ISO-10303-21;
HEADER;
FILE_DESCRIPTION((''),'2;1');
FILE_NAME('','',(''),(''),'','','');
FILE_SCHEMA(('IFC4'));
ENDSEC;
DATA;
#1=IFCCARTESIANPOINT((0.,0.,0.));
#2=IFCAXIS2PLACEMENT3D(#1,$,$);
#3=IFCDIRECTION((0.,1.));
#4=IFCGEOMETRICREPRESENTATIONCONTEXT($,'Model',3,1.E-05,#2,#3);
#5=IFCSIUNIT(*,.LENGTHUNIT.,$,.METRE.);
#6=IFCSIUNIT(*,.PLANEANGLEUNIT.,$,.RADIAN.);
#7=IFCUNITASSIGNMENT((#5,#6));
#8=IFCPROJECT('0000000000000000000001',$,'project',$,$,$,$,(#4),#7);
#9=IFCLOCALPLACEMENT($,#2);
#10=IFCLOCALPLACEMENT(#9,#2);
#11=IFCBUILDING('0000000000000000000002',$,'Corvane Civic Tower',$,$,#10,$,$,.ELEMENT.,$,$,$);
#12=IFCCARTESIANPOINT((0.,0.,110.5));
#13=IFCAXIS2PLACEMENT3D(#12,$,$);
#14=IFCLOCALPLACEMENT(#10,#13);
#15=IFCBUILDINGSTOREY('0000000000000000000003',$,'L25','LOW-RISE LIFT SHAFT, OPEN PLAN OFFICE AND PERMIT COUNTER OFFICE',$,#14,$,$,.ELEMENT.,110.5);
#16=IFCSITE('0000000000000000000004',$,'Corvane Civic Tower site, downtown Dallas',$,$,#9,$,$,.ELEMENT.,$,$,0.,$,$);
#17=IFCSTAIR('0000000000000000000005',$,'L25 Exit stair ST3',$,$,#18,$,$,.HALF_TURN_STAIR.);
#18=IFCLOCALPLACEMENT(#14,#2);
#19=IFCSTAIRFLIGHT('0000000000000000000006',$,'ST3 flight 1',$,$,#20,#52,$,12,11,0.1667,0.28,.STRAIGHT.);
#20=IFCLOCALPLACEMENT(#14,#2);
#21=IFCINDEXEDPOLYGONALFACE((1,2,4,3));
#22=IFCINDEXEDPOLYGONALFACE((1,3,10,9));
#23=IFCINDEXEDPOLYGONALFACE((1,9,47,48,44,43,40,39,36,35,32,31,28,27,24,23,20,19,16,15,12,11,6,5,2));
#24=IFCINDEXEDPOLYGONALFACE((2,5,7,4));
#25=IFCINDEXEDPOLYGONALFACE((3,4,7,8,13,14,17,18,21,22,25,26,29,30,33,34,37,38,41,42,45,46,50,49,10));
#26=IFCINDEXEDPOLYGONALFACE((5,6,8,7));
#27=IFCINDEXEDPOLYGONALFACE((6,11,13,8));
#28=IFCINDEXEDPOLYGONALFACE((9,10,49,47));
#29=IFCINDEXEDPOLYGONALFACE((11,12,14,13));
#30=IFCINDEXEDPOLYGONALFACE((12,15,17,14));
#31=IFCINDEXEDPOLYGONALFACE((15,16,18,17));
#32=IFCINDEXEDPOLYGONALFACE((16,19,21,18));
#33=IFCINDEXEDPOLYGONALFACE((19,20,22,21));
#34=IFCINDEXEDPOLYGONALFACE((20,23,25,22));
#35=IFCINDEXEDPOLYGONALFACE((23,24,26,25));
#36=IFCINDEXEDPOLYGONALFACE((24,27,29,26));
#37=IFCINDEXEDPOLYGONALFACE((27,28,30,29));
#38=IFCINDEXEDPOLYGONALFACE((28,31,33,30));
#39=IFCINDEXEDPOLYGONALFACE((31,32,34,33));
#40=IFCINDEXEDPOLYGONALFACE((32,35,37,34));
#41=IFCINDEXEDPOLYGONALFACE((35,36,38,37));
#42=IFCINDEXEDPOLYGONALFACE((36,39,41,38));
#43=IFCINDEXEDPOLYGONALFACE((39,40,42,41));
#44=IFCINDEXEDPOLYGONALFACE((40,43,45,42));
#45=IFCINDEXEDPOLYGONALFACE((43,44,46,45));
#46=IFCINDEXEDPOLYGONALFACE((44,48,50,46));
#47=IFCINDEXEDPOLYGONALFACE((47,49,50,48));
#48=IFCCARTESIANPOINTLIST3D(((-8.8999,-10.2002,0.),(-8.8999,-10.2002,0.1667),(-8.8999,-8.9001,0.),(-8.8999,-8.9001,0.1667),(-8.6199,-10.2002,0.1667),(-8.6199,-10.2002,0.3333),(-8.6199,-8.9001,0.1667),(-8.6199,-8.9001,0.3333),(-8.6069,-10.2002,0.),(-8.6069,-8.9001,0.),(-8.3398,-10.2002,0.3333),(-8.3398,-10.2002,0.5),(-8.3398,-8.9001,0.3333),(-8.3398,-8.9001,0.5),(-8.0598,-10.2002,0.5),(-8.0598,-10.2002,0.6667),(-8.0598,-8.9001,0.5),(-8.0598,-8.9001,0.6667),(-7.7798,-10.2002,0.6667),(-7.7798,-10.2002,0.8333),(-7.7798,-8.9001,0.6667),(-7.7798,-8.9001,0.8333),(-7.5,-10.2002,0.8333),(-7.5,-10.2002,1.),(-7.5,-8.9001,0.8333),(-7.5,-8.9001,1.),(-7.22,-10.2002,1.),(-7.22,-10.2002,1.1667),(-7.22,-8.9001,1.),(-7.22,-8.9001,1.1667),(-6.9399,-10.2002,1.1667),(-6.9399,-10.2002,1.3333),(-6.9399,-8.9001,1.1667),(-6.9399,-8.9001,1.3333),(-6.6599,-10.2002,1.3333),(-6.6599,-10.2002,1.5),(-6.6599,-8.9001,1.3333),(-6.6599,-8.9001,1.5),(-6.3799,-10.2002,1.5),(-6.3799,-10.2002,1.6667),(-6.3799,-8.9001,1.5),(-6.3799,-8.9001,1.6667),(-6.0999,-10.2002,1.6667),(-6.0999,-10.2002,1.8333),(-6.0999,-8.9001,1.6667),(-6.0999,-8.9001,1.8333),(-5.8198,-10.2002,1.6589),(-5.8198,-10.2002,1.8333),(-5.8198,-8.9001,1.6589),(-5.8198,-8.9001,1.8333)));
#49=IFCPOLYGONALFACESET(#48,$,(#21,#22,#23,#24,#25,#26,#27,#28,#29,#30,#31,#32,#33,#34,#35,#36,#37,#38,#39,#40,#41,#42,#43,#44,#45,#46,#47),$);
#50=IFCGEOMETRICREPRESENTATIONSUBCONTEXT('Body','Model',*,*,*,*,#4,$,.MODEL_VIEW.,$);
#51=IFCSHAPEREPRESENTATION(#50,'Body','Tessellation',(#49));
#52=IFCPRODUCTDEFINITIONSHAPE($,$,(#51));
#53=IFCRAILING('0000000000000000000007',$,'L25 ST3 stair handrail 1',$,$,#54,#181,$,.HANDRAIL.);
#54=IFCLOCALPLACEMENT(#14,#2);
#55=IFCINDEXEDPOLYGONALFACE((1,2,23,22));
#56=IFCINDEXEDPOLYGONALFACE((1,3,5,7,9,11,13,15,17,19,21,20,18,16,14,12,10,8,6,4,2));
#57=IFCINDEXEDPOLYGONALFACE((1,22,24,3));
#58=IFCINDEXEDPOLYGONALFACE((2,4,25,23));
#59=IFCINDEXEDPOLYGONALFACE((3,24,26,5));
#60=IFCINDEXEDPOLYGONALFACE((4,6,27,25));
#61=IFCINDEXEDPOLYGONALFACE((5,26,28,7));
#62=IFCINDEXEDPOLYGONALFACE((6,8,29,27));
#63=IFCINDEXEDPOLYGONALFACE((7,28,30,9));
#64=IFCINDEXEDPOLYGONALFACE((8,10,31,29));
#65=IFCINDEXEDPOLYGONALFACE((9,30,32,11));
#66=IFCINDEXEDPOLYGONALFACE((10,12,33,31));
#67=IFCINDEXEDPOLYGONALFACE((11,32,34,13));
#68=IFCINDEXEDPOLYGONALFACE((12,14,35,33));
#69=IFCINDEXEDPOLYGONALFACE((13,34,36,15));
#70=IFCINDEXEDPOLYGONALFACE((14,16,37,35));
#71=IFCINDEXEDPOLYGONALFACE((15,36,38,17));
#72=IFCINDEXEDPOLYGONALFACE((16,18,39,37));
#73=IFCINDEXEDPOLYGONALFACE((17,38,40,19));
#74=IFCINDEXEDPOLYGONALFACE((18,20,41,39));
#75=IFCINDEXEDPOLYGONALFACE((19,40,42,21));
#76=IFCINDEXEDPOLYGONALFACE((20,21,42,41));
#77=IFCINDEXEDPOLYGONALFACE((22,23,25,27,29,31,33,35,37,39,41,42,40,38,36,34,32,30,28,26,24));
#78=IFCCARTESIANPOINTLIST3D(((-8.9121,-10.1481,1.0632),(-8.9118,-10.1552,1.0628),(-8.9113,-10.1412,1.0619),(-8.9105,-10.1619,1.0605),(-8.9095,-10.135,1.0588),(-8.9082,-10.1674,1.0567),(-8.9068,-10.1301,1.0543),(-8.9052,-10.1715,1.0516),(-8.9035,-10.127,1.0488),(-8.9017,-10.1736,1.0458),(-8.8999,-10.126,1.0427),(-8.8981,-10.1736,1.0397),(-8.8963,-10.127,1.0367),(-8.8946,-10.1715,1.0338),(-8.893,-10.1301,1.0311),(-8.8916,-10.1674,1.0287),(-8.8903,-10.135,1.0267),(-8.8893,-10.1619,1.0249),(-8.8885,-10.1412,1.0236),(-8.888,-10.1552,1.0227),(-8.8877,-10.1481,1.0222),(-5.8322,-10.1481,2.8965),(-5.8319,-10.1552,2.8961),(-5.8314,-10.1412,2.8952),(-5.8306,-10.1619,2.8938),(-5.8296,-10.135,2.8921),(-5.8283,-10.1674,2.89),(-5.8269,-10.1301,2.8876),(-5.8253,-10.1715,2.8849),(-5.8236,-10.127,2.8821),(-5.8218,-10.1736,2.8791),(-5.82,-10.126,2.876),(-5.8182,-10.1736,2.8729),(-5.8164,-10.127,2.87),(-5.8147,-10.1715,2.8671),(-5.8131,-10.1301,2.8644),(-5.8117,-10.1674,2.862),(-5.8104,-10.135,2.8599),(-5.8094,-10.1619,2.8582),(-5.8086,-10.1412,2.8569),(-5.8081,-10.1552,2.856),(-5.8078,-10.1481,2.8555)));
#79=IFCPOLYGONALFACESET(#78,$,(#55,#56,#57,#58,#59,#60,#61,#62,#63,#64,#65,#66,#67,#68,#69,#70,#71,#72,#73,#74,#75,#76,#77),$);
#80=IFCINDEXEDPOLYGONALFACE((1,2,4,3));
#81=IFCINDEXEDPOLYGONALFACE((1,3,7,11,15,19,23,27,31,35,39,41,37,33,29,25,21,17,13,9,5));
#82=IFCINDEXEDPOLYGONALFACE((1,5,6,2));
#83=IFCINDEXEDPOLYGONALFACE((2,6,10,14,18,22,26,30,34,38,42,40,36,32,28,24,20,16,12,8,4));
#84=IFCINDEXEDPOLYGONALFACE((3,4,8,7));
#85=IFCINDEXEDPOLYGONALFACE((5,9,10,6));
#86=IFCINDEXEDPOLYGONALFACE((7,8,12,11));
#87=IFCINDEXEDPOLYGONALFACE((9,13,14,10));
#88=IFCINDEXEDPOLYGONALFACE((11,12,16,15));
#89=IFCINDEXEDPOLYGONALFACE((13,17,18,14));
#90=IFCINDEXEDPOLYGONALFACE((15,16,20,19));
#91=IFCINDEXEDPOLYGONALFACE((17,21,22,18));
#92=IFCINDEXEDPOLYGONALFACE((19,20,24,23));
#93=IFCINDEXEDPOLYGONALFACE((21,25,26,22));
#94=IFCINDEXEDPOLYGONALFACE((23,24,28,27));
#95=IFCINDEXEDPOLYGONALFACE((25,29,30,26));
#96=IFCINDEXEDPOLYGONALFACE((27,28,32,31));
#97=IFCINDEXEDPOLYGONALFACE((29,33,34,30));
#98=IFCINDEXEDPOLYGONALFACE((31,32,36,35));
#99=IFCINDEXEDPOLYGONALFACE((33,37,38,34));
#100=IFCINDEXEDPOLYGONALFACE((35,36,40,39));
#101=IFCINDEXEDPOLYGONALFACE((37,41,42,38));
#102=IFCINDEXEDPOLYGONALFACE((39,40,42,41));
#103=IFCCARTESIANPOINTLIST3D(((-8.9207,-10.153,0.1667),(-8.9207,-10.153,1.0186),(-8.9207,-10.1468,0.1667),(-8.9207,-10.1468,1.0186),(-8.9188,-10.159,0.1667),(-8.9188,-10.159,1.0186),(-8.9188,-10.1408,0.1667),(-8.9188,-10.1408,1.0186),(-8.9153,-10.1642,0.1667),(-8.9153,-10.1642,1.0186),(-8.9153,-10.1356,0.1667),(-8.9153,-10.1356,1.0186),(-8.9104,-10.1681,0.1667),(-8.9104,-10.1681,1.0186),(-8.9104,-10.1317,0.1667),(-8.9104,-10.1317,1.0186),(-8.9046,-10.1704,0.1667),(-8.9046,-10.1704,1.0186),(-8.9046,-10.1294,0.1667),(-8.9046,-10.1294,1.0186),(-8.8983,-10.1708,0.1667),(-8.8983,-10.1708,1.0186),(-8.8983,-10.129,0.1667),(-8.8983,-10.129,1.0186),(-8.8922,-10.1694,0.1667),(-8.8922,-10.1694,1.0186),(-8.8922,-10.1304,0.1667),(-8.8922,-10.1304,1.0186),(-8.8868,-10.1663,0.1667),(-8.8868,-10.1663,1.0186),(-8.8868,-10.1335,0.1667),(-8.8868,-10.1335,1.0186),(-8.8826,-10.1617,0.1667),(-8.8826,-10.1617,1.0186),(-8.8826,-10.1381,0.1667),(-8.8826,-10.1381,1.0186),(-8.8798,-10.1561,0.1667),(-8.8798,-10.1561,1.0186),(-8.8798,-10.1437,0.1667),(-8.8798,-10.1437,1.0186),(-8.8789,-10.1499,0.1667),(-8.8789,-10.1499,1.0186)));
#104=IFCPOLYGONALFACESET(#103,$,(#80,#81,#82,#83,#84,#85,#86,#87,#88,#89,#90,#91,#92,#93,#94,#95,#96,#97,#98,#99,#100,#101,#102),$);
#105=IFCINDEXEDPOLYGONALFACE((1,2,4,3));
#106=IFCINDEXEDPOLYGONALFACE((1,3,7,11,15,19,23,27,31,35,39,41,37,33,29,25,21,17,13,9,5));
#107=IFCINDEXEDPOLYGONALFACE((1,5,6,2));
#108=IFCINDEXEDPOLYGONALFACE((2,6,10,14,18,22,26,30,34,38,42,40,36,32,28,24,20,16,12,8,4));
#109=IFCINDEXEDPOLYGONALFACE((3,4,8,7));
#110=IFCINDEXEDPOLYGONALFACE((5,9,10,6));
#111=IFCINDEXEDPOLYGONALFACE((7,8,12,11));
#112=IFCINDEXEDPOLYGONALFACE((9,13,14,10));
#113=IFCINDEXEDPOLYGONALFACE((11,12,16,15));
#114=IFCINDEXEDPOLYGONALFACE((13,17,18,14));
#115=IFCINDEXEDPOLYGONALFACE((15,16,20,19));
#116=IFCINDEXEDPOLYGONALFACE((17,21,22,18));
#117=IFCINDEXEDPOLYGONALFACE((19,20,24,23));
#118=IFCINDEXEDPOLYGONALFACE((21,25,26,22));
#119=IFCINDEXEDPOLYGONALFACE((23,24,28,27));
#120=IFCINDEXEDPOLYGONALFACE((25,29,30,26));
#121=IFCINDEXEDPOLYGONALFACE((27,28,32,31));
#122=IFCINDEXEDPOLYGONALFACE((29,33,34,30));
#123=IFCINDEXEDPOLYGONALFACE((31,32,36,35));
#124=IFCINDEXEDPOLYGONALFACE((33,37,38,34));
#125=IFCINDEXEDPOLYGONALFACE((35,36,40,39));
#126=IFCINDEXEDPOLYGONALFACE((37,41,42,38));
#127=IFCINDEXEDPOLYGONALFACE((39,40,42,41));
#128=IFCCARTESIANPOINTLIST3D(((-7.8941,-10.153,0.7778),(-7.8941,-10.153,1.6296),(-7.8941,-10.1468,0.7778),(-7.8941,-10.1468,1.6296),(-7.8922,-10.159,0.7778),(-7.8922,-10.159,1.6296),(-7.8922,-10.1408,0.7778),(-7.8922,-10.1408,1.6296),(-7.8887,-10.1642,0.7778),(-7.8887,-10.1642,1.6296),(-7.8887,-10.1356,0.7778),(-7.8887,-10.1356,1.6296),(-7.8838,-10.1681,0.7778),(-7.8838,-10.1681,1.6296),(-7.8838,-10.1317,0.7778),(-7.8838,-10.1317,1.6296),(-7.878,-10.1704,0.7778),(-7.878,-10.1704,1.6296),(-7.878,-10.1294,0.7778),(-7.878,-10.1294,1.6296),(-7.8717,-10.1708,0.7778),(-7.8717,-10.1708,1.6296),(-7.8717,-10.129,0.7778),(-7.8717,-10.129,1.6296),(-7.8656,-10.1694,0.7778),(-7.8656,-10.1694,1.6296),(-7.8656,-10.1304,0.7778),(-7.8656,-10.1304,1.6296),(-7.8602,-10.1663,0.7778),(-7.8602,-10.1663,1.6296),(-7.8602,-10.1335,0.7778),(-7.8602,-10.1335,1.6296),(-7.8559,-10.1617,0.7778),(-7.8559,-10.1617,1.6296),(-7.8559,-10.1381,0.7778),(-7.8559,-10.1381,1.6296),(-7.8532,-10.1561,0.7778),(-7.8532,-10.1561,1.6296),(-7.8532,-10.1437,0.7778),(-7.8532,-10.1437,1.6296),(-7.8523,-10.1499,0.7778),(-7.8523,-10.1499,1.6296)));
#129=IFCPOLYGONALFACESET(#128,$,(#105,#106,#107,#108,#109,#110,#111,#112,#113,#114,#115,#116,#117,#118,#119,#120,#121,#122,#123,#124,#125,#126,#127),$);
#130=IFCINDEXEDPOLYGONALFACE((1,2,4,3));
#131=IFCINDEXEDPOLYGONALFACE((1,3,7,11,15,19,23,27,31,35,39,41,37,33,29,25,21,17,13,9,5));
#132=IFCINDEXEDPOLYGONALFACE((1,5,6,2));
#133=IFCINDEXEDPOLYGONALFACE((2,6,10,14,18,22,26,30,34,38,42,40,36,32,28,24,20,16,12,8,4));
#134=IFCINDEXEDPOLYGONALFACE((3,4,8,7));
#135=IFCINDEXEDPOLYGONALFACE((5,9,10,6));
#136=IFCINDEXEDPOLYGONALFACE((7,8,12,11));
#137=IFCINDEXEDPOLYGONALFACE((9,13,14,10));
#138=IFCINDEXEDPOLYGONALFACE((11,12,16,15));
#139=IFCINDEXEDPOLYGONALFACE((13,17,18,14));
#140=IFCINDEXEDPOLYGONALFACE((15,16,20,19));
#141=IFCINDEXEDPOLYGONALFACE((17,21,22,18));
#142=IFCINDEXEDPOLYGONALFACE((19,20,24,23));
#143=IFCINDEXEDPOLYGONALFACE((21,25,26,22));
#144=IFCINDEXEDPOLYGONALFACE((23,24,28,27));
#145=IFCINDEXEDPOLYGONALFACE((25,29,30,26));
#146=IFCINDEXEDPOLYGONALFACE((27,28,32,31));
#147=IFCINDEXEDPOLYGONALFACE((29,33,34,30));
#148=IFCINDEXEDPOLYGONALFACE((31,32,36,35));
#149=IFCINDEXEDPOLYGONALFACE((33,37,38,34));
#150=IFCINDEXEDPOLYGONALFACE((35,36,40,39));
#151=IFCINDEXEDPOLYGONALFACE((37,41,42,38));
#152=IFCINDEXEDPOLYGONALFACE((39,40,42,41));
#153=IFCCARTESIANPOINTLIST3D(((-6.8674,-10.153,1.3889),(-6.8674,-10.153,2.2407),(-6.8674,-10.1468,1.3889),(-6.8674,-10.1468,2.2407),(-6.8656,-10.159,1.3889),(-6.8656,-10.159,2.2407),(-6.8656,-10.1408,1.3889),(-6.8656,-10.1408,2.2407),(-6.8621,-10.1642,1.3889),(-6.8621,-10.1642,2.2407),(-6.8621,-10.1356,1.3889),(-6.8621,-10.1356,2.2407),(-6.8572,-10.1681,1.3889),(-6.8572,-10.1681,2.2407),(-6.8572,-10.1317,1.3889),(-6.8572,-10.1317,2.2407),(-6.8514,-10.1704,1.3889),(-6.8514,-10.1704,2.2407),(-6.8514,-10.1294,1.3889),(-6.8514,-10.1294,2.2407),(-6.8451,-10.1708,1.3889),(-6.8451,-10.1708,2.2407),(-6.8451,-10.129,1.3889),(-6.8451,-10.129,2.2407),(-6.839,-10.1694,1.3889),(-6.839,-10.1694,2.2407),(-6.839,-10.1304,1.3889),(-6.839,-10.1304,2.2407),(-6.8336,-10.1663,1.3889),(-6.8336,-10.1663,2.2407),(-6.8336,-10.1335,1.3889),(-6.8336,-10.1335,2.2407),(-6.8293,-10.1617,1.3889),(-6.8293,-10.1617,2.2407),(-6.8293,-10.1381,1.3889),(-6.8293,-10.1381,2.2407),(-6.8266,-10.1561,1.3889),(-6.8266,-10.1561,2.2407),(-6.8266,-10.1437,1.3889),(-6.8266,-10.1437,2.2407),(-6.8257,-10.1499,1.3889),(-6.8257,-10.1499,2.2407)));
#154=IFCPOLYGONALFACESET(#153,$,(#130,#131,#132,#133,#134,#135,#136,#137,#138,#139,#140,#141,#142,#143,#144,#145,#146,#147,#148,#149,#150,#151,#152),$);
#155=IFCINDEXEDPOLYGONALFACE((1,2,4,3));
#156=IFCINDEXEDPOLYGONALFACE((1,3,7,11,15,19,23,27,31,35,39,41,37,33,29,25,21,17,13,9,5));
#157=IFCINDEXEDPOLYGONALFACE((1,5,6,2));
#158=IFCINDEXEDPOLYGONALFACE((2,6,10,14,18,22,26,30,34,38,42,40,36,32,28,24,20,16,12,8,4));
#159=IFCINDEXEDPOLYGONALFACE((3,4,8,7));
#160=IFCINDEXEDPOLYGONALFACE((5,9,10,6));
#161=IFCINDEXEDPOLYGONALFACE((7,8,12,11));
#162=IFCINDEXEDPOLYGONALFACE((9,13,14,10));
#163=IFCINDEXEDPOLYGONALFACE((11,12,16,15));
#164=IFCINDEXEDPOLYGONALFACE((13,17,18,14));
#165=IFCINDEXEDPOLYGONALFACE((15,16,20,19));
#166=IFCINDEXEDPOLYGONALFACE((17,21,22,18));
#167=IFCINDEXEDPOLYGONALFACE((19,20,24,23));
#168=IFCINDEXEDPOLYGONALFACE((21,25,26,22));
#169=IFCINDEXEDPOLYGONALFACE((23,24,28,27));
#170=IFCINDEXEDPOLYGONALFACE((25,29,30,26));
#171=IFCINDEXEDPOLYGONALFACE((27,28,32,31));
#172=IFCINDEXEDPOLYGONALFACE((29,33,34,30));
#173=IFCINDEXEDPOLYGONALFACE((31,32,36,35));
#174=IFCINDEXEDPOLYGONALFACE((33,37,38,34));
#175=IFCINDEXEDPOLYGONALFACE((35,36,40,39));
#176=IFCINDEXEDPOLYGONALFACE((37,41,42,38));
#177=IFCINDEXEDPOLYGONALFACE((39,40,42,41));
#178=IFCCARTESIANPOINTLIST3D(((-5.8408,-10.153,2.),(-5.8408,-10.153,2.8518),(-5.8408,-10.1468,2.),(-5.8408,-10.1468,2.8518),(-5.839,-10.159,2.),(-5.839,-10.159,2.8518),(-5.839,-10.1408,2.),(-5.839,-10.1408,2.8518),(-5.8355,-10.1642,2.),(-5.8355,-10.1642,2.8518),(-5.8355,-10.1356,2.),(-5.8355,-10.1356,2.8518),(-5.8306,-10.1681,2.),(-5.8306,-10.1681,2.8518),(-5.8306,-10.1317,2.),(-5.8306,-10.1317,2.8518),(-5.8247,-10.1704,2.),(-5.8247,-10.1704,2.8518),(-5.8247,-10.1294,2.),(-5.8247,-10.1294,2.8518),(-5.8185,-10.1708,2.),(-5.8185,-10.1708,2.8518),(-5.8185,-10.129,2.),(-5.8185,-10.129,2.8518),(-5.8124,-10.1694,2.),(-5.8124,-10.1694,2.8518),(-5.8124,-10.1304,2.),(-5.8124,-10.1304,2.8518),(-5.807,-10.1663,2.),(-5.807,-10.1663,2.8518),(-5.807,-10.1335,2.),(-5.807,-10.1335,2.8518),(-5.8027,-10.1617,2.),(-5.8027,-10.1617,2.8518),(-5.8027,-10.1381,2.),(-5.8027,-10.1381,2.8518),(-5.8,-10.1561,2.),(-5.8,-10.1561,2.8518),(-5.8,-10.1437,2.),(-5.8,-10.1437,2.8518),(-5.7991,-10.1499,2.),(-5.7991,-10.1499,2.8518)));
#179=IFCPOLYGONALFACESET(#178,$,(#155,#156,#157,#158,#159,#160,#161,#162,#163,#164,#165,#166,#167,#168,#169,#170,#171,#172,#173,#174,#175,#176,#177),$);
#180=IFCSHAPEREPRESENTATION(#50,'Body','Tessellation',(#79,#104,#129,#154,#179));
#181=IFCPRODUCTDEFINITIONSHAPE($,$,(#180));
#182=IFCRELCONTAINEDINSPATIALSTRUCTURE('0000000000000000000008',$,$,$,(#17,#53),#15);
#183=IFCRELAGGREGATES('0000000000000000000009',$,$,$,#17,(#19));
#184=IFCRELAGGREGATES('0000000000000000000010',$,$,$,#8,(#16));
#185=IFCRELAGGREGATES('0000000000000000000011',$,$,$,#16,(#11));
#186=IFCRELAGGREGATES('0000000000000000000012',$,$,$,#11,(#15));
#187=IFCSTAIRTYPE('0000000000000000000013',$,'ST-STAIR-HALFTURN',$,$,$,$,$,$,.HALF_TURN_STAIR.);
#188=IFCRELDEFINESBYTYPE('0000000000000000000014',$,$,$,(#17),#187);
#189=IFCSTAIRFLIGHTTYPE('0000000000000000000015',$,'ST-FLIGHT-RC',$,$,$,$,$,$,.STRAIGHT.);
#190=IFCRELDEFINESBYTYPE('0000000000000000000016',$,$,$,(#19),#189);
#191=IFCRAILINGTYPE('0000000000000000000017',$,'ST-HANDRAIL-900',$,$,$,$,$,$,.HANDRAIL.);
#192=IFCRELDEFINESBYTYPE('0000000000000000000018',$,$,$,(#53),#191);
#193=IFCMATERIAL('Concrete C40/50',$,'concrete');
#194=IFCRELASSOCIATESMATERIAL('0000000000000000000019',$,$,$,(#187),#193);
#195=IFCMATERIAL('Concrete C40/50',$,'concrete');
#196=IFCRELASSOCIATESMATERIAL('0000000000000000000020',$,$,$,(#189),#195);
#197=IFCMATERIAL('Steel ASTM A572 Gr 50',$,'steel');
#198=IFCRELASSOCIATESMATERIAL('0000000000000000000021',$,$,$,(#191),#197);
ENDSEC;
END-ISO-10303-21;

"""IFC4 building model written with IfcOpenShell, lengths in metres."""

from ifc_helpers import new_model, si_unit, direction, frame, origin, origin_2d, place, context, subcontext, project, spatial, polyline, circle, outline, extrude, material, type_object, element, aggregate, save


model = new_model("IFC4")

# Units and contexts
model_context = context("Model", 3, precision=1e-05, world=origin(), true_north=direction((0.0, 1.0)))
body_context = subcontext(model_context, "Body", "Model", "MODEL_VIEW")
ifc_project = project(units=[si_unit("LENGTHUNIT", "METRE"), si_unit("PLANEANGLEUNIT", "RADIAN")], contexts=[model_context])

# Site, building, storey
site_placement = place(None, origin())
site = spatial("IfcSite", under=ifc_project, at=site_placement, Name="Corvane Civic Tower site, downtown Dallas", CompositionType="ELEMENT", RefElevation=0.0)
building_placement = place(site_placement, origin())
building = spatial("IfcBuilding", under=site, at=building_placement, Name="Corvane Civic Tower", CompositionType="ELEMENT")
storey_placement = place(building_placement, frame((0.0, 0.0, 110.5)))
storey = spatial("IfcBuildingStorey", under=building, at=storey_placement, Name="L25", Description="LOW-RISE LIFT SHAFT, OPEN PLAN OFFICE AND PERMIT COUNTER OFFICE", CompositionType="ELEMENT", Elevation=110.5)

# Stair, stair flight
ifc_material_1 = material(Name="Concrete C40/50", Category="concrete")
stair_type = type_object("IfcStairType", Name="ST-STAIR-HALFTURN", PredefinedType="HALF_TURN_STAIR", material=ifc_material_1)
stair_placement = place(storey_placement, origin())
stair = element("IfcStair", 1, at=stair_placement, inside=storey, type_object=stair_type, Name="L25 Exit stair ST3", PredefinedType="HALF_TURN_STAIR")
ifc_material_2 = material(Name="Concrete C40/50", Category="concrete")
stair_flight_type = type_object("IfcStairFlightType", Name="ST-FLIGHT-RC", PredefinedType="STRAIGHT", material=ifc_material_2)
stair_flight_placement = place(storey_placement, frame((-8.8999, -9.55, 0.0), z_axis=(0.0, 0.0, 1.0), x_axis=(1.0, 0.0, 0.0)))
stair_flight = element("IfcStairFlight", 2, at=stair_flight_placement, type_object=stair_flight_type, Name="ST3 flight 1", NumberOfRisers=12, NumberOfTreads=11, PredefinedType="STRAIGHT", RiserHeight=0.1667, TreadLength=0.28, context=body_context, shape_type="SweptSolid", body=[
    extrude(outline(polyline([(0.0, 0.0), (0.0, 0.1667), (0.28, 0.1667), (0.28, 0.3333), (0.5601, 0.3333), (0.5601, 0.5), (0.8401, 0.5), (0.8401, 0.6667), (1.1201, 0.6667), (1.1201, 0.8333), (1.3999, 0.8333), (1.3999, 1.0), (1.6799, 1.0), (1.6799, 1.1667), (1.96, 1.1667), (1.96, 1.3333), (2.24, 1.3333), (2.24, 1.5), (2.52, 1.5), (2.52, 1.6667), (2.8, 1.6667), (2.8, 1.8333), (3.0801, 1.8333), (3.0801, 2.0), (3.0801, 1.6589), (0.293, 0.0), (0.0, 0.0)])), frame((0.0, 0.6499, 0.0), z_axis=(0.0, -1.0, 0.0), x_axis=(1.0, 0.0, 0.0)), (0.0, 0.0, 1.0), 1.3),
])
aggregate(stair, [stair_flight])

# Railing
ifc_material_3 = material(Name="Steel ASTM A572 Gr 50", Category="steel")
railing_type_1 = type_object("IfcRailingType", Name="ST-HANDRAIL-900", PredefinedType="HANDRAIL", material=ifc_material_3)
railing_1_placement = place(storey_placement, frame((-8.8999, -10.1499, 0.1667)))
element("IfcRailing", 3, at=railing_1_placement, inside=storey, type_object=railing_type_1, Name="L25 ST3 stair handrail 1", PredefinedType="HANDRAIL", context=body_context, shape_type="SweptSolid", body=[
    extrude(circle(Radius=0.0239, at=origin_2d()), frame((0.0, 0.0, 0.876), z_axis=(0.859291, 0.0, 0.511487), x_axis=(0.0, 1.0, 0.0)), (0.0, 0.0, 1.0), 3.5842),
    extrude(circle(Radius=0.021, at=origin_2d()), origin(), (0.0, 0.0, 1.0), 0.8518),
    extrude(circle(Radius=0.021, at=origin_2d()), frame((1.0266, 0.0, 0.6111)), (0.0, 0.0, 1.0), 0.8518),
    extrude(circle(Radius=0.021, at=origin_2d()), frame((2.0532, 0.0, 1.2222)), (0.0, 0.0, 1.0), 0.8518),
    extrude(circle(Radius=0.021, at=origin_2d()), frame((3.0798, 0.0, 1.8333)), (0.0, 0.0, 1.0), 0.8518),
])

save(model, "model.ifc")
